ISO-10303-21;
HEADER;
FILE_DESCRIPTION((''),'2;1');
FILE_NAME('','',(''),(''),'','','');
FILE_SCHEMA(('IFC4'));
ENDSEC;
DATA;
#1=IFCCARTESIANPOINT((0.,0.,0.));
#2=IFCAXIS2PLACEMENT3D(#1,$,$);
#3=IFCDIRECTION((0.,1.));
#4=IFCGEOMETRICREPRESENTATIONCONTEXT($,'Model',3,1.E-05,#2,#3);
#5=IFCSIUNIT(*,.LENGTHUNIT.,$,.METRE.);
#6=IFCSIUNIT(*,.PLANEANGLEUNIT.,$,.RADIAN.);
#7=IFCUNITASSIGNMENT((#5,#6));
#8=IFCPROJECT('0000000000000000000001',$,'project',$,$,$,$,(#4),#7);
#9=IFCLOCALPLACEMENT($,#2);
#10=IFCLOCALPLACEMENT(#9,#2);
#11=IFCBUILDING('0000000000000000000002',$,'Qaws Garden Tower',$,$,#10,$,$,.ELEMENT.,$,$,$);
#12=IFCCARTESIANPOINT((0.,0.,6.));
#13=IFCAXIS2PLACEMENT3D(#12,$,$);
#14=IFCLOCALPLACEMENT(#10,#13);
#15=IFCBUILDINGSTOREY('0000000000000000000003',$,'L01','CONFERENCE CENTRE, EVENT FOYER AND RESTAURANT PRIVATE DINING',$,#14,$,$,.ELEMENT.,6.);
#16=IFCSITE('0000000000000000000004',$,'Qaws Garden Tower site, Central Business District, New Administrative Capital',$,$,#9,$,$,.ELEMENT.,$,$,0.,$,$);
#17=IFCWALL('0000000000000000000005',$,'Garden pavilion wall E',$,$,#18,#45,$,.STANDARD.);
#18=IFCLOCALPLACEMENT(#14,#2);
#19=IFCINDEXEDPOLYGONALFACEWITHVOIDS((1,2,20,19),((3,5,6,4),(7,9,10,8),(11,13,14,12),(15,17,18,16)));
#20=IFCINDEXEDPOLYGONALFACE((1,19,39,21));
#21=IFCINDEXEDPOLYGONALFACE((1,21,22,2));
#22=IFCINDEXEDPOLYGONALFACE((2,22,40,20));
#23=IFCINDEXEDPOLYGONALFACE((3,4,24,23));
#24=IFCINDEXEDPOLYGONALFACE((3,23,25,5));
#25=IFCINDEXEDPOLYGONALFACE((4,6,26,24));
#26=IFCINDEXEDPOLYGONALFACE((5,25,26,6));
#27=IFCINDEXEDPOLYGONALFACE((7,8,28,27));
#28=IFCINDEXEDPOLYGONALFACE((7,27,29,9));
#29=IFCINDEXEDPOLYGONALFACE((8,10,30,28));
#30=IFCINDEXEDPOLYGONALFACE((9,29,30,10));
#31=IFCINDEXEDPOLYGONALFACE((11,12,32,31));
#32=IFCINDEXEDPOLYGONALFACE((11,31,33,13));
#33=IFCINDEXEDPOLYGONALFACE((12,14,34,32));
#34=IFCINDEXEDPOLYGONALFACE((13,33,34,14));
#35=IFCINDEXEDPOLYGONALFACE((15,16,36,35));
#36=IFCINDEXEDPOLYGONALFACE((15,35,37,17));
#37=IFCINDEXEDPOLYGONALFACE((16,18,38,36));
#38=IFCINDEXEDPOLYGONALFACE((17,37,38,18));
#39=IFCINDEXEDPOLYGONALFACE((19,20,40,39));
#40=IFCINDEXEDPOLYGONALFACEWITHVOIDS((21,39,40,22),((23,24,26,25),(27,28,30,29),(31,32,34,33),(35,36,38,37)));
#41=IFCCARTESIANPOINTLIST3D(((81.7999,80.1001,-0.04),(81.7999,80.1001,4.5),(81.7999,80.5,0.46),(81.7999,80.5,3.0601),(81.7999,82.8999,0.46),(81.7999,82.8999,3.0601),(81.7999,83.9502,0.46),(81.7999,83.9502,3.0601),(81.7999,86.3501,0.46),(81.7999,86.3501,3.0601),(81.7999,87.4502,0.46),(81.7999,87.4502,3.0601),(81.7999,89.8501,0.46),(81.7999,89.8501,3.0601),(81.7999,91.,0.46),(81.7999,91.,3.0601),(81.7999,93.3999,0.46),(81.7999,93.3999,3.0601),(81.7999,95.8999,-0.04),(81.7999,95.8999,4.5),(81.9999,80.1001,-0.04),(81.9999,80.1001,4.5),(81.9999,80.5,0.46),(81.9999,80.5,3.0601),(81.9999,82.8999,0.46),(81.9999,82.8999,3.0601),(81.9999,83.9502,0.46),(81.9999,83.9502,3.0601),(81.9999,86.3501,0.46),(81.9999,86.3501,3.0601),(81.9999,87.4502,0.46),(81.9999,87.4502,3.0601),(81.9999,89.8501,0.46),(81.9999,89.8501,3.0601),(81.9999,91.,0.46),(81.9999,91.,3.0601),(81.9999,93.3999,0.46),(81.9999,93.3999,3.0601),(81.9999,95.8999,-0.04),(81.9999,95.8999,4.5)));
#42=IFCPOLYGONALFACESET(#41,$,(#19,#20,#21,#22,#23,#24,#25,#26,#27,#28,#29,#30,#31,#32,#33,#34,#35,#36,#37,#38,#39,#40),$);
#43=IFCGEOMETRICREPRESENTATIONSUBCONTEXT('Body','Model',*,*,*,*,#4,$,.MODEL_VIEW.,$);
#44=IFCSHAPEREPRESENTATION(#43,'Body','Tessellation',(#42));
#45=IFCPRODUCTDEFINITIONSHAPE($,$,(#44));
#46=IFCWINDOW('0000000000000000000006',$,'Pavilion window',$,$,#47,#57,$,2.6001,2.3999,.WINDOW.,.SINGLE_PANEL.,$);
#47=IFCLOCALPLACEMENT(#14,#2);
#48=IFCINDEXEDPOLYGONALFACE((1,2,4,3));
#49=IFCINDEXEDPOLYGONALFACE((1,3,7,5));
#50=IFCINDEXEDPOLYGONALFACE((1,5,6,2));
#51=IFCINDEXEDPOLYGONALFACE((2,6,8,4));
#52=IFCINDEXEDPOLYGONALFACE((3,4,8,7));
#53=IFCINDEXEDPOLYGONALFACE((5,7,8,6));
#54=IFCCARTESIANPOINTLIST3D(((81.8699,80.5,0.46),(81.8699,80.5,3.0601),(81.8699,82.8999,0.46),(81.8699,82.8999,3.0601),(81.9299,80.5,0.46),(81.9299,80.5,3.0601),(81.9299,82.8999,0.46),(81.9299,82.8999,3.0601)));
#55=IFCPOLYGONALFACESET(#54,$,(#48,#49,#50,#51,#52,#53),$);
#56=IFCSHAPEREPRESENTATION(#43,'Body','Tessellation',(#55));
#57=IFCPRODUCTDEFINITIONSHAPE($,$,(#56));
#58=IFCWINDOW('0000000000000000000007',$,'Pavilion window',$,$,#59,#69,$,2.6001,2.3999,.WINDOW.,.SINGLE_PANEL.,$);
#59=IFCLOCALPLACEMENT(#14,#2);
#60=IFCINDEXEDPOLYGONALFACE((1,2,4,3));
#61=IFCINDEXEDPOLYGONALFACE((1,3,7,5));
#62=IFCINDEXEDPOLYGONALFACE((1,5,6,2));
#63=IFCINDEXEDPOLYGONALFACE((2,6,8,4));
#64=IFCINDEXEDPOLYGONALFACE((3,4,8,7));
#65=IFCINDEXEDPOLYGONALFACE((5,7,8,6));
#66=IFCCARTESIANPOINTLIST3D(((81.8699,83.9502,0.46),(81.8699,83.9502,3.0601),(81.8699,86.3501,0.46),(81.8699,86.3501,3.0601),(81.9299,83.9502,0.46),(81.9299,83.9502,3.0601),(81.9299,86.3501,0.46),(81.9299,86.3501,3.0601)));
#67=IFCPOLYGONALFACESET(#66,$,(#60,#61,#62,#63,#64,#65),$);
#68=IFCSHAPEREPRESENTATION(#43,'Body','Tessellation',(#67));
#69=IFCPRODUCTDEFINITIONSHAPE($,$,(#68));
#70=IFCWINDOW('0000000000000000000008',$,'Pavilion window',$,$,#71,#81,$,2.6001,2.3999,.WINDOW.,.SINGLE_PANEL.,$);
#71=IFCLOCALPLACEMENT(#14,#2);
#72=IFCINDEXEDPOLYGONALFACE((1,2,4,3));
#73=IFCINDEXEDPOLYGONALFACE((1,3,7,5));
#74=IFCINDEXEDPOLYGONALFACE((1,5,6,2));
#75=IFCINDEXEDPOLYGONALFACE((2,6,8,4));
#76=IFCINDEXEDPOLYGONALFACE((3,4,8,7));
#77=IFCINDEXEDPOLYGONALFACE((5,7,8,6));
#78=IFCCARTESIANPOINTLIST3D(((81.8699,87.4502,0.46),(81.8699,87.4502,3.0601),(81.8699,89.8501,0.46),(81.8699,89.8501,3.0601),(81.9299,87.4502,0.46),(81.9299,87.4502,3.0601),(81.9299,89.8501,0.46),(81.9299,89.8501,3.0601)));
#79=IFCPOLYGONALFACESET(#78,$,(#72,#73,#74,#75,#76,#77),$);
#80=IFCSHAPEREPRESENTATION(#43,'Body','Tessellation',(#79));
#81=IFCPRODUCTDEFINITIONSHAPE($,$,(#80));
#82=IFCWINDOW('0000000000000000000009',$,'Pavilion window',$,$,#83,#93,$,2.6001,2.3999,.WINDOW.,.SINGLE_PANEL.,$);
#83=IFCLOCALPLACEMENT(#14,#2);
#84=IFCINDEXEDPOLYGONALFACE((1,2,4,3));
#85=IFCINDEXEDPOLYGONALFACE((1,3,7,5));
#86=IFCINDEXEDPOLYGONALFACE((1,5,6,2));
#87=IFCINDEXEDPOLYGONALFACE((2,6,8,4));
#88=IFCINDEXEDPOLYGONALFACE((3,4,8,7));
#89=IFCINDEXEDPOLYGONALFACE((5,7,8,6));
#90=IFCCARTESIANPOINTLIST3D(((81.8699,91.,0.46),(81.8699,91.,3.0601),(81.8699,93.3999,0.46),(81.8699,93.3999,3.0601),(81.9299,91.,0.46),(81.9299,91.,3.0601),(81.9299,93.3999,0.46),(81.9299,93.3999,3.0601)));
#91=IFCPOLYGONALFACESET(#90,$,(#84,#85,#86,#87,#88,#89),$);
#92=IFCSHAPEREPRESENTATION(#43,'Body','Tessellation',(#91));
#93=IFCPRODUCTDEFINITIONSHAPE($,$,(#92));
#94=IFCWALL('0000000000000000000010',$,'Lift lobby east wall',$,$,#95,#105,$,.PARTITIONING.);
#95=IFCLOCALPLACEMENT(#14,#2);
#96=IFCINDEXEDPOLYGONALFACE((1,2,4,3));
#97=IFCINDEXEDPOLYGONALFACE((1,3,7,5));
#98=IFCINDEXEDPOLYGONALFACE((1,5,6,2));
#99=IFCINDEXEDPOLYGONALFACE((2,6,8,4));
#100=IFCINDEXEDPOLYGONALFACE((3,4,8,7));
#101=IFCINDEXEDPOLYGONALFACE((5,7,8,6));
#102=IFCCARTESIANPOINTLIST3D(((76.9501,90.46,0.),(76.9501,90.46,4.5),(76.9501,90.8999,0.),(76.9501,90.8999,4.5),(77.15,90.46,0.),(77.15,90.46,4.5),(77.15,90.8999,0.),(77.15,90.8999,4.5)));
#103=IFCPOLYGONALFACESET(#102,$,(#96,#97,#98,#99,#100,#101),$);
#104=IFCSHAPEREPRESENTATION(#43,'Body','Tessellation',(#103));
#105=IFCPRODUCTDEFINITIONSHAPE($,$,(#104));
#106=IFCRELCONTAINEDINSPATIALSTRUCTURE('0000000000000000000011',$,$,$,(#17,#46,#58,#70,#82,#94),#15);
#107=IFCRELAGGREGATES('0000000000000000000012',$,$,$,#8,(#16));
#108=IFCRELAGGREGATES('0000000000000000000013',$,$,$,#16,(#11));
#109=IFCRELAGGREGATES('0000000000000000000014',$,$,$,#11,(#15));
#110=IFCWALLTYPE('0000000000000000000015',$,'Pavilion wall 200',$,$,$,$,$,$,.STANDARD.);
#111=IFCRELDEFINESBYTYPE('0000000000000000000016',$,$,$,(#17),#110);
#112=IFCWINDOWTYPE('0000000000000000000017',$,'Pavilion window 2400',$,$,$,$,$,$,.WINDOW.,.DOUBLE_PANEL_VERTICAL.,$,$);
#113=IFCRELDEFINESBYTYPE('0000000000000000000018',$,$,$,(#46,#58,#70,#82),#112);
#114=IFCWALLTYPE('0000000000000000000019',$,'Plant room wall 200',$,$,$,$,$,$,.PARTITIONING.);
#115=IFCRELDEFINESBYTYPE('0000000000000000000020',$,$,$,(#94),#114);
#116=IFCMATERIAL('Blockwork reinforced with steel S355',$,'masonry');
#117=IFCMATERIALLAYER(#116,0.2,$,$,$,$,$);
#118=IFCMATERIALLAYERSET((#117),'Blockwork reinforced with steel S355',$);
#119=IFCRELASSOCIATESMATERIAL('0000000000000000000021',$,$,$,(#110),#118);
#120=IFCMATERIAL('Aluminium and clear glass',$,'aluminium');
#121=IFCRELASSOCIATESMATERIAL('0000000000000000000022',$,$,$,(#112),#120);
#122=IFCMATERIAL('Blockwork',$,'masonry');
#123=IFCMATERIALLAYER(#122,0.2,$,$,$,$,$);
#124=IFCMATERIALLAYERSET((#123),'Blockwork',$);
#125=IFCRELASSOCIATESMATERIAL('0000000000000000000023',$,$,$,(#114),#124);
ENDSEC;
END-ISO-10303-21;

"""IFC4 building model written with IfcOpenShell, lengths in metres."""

from ifc_helpers import new_model, si_unit, direction, frame, frame_2d, origin, place, context, subcontext, project, spatial, rectangle, extrude, material, layer, layer_set, type_object, element, fill, save


model = new_model("IFC4")

# Units and contexts
model_context = context("Model", 3, precision=1e-05, world=origin(), true_north=direction((0.0, 1.0)))
body_context = subcontext(model_context, "Body", "Model", "MODEL_VIEW")
ifc_project = project(units=[si_unit("LENGTHUNIT", "METRE"), si_unit("PLANEANGLEUNIT", "RADIAN")], contexts=[model_context])

# Site, building, storey
site_placement = place(None, origin())
site = spatial("IfcSite", under=ifc_project, at=site_placement, Name="Qaws Garden Tower site, Central Business District, New Administrative Capital", CompositionType="ELEMENT", RefElevation=0.0)
building_placement = place(site_placement, origin())
building = spatial("IfcBuilding", under=site, at=building_placement, Name="Qaws Garden Tower", CompositionType="ELEMENT")
storey_placement = place(building_placement, frame((0.0, 0.0, 6.0)))
storey = spatial("IfcBuildingStorey", under=building, at=storey_placement, Name="L01", Description="CONFERENCE CENTRE, EVENT FOYER AND RESTAURANT PRIVATE DINING", CompositionType="ELEMENT", Elevation=6.0)

# Wall, openings, windows
ifc_material_1 = material(Name="Blockwork reinforced with steel S355", Category="masonry")
ifc_layer_1 = layer(ifc_material_1, 0.2)
ifc_layer_set_1 = layer_set([ifc_layer_1], Name="Blockwork reinforced with steel S355")
wall_type_1 = type_object("IfcWallType", Name="Pavilion wall 200", PredefinedType="STANDARD", material=ifc_layer_set_1)
wall_1_placement = place(storey_placement, frame((81.8999, 80.1001, -0.04), z_axis=(0.0, 0.0, 1.0), x_axis=(0.0, 1.0, 0.0)))
wall_1 = element("IfcWall", 1, at=wall_1_placement, inside=storey, type_object=wall_type_1, Name="Garden pavilion wall E", PredefinedType="STANDARD", context=body_context, shape_type="SweptSolid", body=[
    extrude(rectangle(XDim=15.7998, YDim=0.2, at=frame_2d((7.8999, 0.0))), origin(), (0.0, 0.0, 1.0), 4.54),
])
opening_1_placement = place(wall_1_placement, frame((0.3999, 0.0, 0.5)))
opening_1 = element("IfcOpeningElement", 2, at=opening_1_placement, cuts=wall_1, PredefinedType="OPENING", context=body_context, shape_type="SweptSolid", body=[
    extrude(rectangle(XDim=2.3999, YDim=2.6001, at=frame_2d((1.2, 1.3))), frame((0.0, 0.1099, 0.0), z_axis=(0.0, -1.0, 0.0), x_axis=(1.0, 0.0, 0.0)), (0.0, 0.0, 1.0), 0.22),
])
opening_2_placement = place(wall_1_placement, frame((3.8501, 0.0, 0.5)))
opening_2 = element("IfcOpeningElement", 3, at=opening_2_placement, cuts=wall_1, PredefinedType="OPENING", context=body_context, shape_type="SweptSolid", body=[
    extrude(rectangle(XDim=2.3999, YDim=2.6001, at=frame_2d((1.2, 1.3))), frame((0.0, 0.1099, 0.0), z_axis=(0.0, -1.0, 0.0), x_axis=(1.0, 0.0, 0.0)), (0.0, 0.0, 1.0), 0.22),
])
opening_3_placement = place(wall_1_placement, frame((7.3501, 0.0, 0.5)))
opening_3 = element("IfcOpeningElement", 4, at=opening_3_placement, cuts=wall_1, PredefinedType="OPENING", context=body_context, shape_type="SweptSolid", body=[
    extrude(rectangle(XDim=2.3999, YDim=2.6001, at=frame_2d((1.2, 1.3))), frame((0.0, 0.1099, 0.0), z_axis=(0.0, -1.0, 0.0), x_axis=(1.0, 0.0, 0.0)), (0.0, 0.0, 1.0), 0.22),
])
opening_4_placement = place(wall_1_placement, frame((10.8999, 0.0, 0.5)))
opening_4 = element("IfcOpeningElement", 5, at=opening_4_placement, cuts=wall_1, PredefinedType="OPENING", context=body_context, shape_type="SweptSolid", body=[
    extrude(rectangle(XDim=2.3999, YDim=2.6001, at=frame_2d((1.2, 1.3))), frame((0.0, 0.1099, 0.0), z_axis=(0.0, -1.0, 0.0), x_axis=(1.0, 0.0, 0.0)), (0.0, 0.0, 1.0), 0.22),
])
ifc_material_2 = material(Name="Aluminium and clear glass", Category="aluminium")
window_type = type_object("IfcWindowType", Name="Pavilion window 2400", PartitioningType="DOUBLE_PANEL_VERTICAL", PredefinedType="WINDOW", material=ifc_material_2)
window_1_placement = place(opening_1_placement, origin())
window_1 = element("IfcWindow", 6, at=window_1_placement, inside=storey, type_object=window_type, Name="Pavilion window", OverallHeight=2.6001, OverallWidth=2.3999, PartitioningType="SINGLE_PANEL", PredefinedType="WINDOW", context=body_context, shape_type="SweptSolid", body=[
    extrude(rectangle(XDim=2.3999, YDim=2.6001, at=frame_2d((1.2, 1.3))), frame((0.0, 0.03, 0.0), z_axis=(0.0, -1.0, 0.0), x_axis=(1.0, 0.0, 0.0)), (0.0, 0.0, 1.0), 0.0601),
])
fill(opening_1, window_1)
window_2_placement = place(opening_2_placement, origin())
window_2 = element("IfcWindow", 7, at=window_2_placement, inside=storey, type_object=window_type, Name="Pavilion window", OverallHeight=2.6001, OverallWidth=2.3999, PartitioningType="SINGLE_PANEL", PredefinedType="WINDOW", context=body_context, shape_type="SweptSolid", body=[
    extrude(rectangle(XDim=2.3999, YDim=2.6001, at=frame_2d((1.2, 1.3))), frame((0.0, 0.03, 0.0), z_axis=(0.0, -1.0, 0.0), x_axis=(1.0, 0.0, 0.0)), (0.0, 0.0, 1.0), 0.0601),
])
fill(opening_2, window_2)
window_3_placement = place(opening_3_placement, origin())
window_3 = element("IfcWindow", 8, at=window_3_placement, inside=storey, type_object=window_type, Name="Pavilion window", OverallHeight=2.6001, OverallWidth=2.3999, PartitioningType="SINGLE_PANEL", PredefinedType="WINDOW", context=body_context, shape_type="SweptSolid", body=[
    extrude(rectangle(XDim=2.3999, YDim=2.6001, at=frame_2d((1.2, 1.3))), frame((0.0, 0.03, 0.0), z_axis=(0.0, -1.0, 0.0), x_axis=(1.0, 0.0, 0.0)), (0.0, 0.0, 1.0), 0.0601),
])
fill(opening_3, window_3)
window_4_placement = place(opening_4_placement, origin())
window_4 = element("IfcWindow", 9, at=window_4_placement, inside=storey, type_object=window_type, Name="Pavilion window", OverallHeight=2.6001, OverallWidth=2.3999, PartitioningType="SINGLE_PANEL", PredefinedType="WINDOW", context=body_context, shape_type="SweptSolid", body=[
    extrude(rectangle(XDim=2.3999, YDim=2.6001, at=frame_2d((1.2, 1.3))), frame((0.0, 0.03, 0.0), z_axis=(0.0, -1.0, 0.0), x_axis=(1.0, 0.0, 0.0)), (0.0, 0.0, 1.0), 0.0601),
])
fill(opening_4, window_4)

# Wall
ifc_material_3 = material(Name="Blockwork", Category="masonry")
ifc_layer_2 = layer(ifc_material_3, 0.2)
ifc_layer_set_2 = layer_set([ifc_layer_2], Name="Blockwork")
wall_type_2 = type_object("IfcWallType", Name="Plant room wall 200", PredefinedType="PARTITIONING", material=ifc_layer_set_2)
wall_2_placement = place(storey_placement, frame((77.05, 90.46, 0.0), z_axis=(0.0, 0.0, 1.0), x_axis=(0.0, 1.0, 0.0)))
element("IfcWall", 10, at=wall_2_placement, inside=storey, type_object=wall_type_2, Name="Lift lobby east wall", PredefinedType="PARTITIONING", context=body_context, shape_type="SweptSolid", body=[
    extrude(rectangle(XDim=0.4399, YDim=0.2, at=frame_2d((0.22, 0.0))), origin(), (0.0, 0.0, 1.0), 4.5),
])

save(model, "model.ifc")
